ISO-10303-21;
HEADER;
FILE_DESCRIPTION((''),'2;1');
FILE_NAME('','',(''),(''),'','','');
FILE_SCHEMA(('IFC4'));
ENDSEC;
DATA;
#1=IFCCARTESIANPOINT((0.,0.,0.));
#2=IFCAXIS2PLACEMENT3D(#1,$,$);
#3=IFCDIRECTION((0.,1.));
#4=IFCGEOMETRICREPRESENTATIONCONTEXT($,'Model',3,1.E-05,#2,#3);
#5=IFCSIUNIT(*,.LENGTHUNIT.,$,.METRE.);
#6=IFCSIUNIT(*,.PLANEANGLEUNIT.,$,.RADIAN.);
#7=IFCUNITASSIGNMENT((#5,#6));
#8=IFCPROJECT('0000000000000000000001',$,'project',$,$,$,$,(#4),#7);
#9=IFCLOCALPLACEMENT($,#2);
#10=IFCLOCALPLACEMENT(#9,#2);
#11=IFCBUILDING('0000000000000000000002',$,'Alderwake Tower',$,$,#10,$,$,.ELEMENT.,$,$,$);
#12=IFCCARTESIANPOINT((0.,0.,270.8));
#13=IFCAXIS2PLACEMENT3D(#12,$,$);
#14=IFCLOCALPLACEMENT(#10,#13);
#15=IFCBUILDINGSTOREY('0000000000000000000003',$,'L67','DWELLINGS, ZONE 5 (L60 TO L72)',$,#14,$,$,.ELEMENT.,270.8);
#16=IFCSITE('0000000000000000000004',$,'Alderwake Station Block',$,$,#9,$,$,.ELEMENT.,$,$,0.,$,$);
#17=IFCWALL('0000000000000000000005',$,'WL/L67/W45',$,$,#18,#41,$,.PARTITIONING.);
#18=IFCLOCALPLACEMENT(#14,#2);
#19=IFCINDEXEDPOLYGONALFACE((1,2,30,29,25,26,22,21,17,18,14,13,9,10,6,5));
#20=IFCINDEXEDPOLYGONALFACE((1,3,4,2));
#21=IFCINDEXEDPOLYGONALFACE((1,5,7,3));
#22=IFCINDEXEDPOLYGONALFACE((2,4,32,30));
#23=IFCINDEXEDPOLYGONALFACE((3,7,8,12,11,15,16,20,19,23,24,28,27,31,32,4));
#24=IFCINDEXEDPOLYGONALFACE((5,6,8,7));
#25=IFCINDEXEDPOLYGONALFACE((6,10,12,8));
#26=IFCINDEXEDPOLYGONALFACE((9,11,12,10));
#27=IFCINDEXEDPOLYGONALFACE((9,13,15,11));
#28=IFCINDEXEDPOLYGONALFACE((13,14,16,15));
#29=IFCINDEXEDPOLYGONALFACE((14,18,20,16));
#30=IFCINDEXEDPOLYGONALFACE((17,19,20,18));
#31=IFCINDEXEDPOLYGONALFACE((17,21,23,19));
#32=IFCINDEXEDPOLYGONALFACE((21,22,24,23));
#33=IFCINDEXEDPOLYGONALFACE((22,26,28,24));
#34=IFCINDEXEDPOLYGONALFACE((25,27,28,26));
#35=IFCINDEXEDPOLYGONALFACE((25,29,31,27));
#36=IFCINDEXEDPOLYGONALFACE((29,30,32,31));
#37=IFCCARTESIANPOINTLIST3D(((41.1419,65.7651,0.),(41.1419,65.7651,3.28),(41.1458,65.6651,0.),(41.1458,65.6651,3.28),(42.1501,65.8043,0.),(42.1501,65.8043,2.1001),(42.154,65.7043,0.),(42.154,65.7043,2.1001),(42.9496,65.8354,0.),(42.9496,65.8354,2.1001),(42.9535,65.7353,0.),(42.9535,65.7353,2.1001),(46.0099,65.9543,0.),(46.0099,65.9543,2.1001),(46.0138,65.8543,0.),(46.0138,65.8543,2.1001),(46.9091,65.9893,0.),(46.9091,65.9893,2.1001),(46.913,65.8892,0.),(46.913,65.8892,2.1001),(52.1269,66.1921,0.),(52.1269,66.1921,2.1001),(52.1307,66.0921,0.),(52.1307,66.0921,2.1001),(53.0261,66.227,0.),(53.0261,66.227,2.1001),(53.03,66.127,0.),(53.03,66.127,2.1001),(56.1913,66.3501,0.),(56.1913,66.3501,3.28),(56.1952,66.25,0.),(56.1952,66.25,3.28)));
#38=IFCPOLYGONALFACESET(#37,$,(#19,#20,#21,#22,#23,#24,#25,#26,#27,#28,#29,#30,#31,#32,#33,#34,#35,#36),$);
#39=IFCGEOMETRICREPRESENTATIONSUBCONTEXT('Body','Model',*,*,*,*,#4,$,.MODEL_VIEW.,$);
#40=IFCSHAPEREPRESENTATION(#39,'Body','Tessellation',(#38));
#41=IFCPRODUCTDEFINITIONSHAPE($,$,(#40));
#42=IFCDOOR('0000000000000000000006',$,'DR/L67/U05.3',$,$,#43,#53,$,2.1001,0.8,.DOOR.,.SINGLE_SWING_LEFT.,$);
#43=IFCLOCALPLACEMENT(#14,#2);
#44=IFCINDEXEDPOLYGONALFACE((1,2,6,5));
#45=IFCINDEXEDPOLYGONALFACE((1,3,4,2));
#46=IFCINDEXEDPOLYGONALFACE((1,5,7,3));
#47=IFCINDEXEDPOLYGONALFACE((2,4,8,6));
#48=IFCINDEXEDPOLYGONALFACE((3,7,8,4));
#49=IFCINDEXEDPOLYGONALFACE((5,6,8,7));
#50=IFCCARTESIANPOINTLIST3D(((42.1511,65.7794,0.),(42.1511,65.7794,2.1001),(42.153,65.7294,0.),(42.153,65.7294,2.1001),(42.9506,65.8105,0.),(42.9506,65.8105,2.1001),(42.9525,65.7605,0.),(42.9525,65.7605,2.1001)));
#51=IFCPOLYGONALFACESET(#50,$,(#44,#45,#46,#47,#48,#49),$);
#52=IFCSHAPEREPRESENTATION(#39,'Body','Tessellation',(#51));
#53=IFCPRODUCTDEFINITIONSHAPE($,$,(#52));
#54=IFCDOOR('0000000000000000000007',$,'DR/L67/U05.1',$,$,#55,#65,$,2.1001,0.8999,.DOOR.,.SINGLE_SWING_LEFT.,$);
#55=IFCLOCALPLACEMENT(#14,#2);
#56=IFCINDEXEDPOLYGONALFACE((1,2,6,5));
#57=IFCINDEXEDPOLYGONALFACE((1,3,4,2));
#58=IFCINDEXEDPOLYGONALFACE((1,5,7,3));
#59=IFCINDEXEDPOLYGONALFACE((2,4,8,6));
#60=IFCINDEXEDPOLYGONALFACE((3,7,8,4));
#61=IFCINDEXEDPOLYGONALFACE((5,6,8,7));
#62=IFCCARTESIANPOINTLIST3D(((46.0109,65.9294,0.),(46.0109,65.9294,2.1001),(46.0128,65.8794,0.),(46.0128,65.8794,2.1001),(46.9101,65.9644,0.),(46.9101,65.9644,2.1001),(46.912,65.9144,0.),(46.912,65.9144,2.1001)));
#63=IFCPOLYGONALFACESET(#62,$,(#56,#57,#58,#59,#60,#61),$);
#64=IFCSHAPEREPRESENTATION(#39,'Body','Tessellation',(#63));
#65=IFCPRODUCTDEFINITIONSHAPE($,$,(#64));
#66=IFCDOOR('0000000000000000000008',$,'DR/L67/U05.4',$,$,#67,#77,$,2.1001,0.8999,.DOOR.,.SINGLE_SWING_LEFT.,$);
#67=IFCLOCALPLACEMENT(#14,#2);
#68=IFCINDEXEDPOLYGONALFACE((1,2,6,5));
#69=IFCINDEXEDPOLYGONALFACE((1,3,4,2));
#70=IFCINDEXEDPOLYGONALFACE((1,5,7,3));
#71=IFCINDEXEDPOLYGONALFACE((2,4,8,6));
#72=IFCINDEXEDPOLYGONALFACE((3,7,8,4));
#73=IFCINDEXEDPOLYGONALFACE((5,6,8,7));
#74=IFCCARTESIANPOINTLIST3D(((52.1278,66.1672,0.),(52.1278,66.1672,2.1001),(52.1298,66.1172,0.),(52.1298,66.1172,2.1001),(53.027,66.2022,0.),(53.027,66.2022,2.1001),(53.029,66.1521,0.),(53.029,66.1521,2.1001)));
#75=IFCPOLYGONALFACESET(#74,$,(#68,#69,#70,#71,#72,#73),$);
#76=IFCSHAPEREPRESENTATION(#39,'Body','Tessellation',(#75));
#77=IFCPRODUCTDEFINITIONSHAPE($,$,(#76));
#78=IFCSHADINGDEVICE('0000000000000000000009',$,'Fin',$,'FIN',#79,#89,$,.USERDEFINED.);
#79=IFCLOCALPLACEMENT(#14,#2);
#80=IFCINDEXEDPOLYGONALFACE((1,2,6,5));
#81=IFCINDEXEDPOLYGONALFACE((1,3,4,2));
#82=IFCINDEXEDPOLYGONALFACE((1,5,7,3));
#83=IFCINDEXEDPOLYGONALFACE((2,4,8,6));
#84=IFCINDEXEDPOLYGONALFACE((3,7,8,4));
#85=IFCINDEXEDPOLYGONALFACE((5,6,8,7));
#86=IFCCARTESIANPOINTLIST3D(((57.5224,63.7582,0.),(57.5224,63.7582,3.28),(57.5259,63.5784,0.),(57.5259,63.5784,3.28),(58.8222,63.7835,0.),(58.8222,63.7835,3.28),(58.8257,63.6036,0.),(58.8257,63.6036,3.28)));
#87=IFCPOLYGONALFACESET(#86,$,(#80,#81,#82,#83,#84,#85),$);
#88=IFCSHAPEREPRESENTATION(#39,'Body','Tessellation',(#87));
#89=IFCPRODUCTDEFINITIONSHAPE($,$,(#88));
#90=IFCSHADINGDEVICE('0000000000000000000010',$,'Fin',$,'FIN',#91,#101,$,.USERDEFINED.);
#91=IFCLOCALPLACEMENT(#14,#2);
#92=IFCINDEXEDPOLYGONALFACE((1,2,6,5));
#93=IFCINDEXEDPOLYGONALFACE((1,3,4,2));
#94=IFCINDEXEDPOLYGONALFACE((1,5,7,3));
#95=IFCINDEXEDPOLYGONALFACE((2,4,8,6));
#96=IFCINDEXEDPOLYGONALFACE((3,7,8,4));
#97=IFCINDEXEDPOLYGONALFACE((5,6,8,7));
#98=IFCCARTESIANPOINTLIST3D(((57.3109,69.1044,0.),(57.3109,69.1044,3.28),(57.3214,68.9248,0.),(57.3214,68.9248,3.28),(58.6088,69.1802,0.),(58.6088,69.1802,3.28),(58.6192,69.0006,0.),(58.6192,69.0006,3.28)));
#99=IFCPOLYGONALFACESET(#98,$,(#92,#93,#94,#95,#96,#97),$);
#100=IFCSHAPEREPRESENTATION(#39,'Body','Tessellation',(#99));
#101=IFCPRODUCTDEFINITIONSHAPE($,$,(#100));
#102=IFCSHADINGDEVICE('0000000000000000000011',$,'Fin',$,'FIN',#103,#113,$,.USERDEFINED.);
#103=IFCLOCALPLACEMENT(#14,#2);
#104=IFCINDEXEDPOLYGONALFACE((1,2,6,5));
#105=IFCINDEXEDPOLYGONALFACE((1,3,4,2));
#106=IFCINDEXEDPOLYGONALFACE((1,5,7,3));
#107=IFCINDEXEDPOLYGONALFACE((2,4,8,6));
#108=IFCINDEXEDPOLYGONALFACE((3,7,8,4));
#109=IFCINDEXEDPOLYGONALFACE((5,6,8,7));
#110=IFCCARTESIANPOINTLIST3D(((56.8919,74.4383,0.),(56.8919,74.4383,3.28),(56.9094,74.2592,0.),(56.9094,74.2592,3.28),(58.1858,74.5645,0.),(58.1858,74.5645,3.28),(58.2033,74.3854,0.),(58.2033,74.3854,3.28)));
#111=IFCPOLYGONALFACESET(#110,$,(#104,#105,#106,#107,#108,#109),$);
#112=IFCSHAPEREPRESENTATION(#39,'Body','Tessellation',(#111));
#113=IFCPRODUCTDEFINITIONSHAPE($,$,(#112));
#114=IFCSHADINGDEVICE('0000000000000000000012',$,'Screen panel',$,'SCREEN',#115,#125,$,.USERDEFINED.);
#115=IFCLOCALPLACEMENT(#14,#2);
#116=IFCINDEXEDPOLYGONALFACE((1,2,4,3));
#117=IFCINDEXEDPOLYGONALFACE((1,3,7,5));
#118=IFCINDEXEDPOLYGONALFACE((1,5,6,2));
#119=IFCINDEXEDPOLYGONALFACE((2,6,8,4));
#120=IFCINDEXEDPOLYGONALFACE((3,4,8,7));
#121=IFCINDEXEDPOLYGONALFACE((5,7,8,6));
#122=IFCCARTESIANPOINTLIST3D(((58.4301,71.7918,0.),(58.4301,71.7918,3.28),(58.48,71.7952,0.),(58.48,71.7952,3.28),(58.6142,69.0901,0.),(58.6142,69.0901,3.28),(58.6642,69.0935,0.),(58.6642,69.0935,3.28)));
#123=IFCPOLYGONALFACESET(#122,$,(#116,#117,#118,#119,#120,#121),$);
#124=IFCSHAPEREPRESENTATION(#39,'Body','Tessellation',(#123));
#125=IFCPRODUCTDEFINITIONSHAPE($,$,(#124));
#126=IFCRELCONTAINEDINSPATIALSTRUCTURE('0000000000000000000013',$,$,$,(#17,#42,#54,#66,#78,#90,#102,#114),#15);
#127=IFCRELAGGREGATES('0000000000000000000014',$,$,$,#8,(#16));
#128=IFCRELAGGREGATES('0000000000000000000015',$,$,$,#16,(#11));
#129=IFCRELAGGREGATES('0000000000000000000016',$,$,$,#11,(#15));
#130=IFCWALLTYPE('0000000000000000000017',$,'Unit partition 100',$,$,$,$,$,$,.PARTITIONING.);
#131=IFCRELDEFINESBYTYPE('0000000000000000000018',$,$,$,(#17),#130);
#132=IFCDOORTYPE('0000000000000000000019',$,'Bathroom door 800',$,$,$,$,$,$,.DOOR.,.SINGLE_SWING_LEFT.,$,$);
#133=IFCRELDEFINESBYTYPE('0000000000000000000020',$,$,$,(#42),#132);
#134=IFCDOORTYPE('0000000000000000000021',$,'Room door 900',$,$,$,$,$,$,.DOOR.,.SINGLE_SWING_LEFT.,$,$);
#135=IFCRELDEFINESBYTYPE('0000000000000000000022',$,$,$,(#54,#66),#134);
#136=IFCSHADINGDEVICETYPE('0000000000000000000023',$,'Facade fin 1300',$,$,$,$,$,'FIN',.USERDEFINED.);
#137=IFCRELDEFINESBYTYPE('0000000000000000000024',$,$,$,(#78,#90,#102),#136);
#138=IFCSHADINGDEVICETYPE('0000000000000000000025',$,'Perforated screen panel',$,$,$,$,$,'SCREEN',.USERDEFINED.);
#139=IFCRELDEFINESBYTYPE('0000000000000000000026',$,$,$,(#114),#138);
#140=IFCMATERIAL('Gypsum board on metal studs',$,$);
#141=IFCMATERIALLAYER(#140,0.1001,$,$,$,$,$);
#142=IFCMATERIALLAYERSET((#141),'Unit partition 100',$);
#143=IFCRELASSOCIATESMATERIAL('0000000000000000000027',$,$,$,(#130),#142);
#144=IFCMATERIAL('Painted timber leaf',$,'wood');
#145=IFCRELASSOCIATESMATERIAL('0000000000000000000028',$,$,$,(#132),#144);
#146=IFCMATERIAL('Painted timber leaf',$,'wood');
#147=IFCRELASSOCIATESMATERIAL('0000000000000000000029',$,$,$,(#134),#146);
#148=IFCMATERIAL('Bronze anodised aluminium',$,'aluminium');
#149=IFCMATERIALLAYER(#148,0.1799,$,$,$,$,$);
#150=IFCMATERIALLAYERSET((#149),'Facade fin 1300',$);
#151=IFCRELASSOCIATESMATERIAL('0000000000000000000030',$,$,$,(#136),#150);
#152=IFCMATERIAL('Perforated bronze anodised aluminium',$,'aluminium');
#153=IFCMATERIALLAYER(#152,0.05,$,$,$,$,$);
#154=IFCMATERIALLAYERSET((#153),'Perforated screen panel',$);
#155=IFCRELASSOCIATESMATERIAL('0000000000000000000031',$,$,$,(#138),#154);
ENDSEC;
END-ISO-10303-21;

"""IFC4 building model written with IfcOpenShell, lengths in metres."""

from ifc_helpers import new_model, si_unit, direction, frame, frame_2d, origin, origin_2d, place, context, subcontext, project, spatial, rectangle, extrude, material, layer, layer_set, type_object, element, fill, save


model = new_model("IFC4")

# Units and contexts
model_context = context("Model", 3, precision=1e-05, world=origin(), true_north=direction((0.0, 1.0)))
body_context = subcontext(model_context, "Body", "Model", "MODEL_VIEW")
ifc_project = project(units=[si_unit("LENGTHUNIT", "METRE"), si_unit("PLANEANGLEUNIT", "RADIAN")], contexts=[model_context])

# Site, building, storey
site_placement = place(None, origin())
site = spatial("IfcSite", under=ifc_project, at=site_placement, Name="Alderwake Station Block", CompositionType="ELEMENT", RefElevation=0.0)
building_placement = place(site_placement, origin())
building = spatial("IfcBuilding", under=site, at=building_placement, Name="Alderwake Tower", CompositionType="ELEMENT")
storey_placement = place(building_placement, frame((0.0, 0.0, 270.8)))
storey = spatial("IfcBuildingStorey", under=building, at=storey_placement, Name="L67", Description="DWELLINGS, ZONE 5 (L60 TO L72)", CompositionType="ELEMENT", Elevation=270.8)

# Wall, openings, doors
ifc_material_1 = material(Name="Gypsum board on metal studs")
ifc_layer_1 = layer(ifc_material_1, 0.1001)
ifc_layer_set_1 = layer_set([ifc_layer_1], Name="Unit partition 100")
wall_type_1 = type_object("IfcWallType", Name="Unit partition 100", PredefinedType="PARTITIONING", material=ifc_layer_set_1)
wall_1_placement = place(storey_placement, frame((56.1931, 66.3, 0.0), z_axis=(0.0, 0.0, 1.0), x_axis=(-0.999245, -0.03884, 0.0)))
wall_1 = element("IfcWall", 1, at=wall_1_placement, inside=storey, type_object=wall_type_1, Name="WL/L67/W45", PredefinedType="PARTITIONING", context=body_context, shape_type="SweptSolid", body=[
    extrude(rectangle(XDim=15.0608, YDim=0.1001, at=frame_2d((7.5303, 0.0))), origin(), (0.0, 0.0, 1.0), 3.28),
])
opening_1_placement = place(wall_1_placement, frame((9.2891, 0.0, 0.0)))
opening_1 = element("IfcOpeningElement", 2, at=opening_1_placement, cuts=wall_1, PredefinedType="OPENING", context=body_context, shape_type="SweptSolid", body=[
    extrude(rectangle(XDim=0.8999, YDim=2.1001, at=frame_2d((0.45, 1.05))), frame((0.0, 0.0601, 0.0), z_axis=(0.0, -1.0, 0.0), x_axis=(1.0, 0.0, 0.0)), (0.0, 0.0, 1.0), 0.1201),
])
opening_2_placement = place(wall_1_placement, frame((13.2517, 0.0, 0.0)))
opening_2 = element("IfcOpeningElement", 3, at=opening_2_placement, cuts=wall_1, PredefinedType="OPENING", context=body_context, shape_type="SweptSolid", body=[
    extrude(rectangle(XDim=0.8, YDim=2.1001, at=frame_2d((0.3999, 1.05))), frame((0.0, 0.0601, 0.0), z_axis=(0.0, -1.0, 0.0), x_axis=(1.0, 0.0, 0.0)), (0.0, 0.0, 1.0), 0.1201),
])
opening_3_placement = place(wall_1_placement, frame((3.1675, 0.0, 0.0)))
opening_3 = element("IfcOpeningElement", 4, at=opening_3_placement, cuts=wall_1, PredefinedType="OPENING", context=body_context, shape_type="SweptSolid", body=[
    extrude(rectangle(XDim=0.8999, YDim=2.1001, at=frame_2d((0.45, 1.05))), frame((0.0, 0.0601, 0.0), z_axis=(0.0, -1.0, 0.0), x_axis=(1.0, 0.0, 0.0)), (0.0, 0.0, 1.0), 0.1201),
])
ifc_material_2 = material(Name="Painted timber leaf", Category="wood")
door_type_1 = type_object("IfcDoorType", Name="Bathroom door 800", OperationType="SINGLE_SWING_LEFT", PredefinedType="DOOR", material=ifc_material_2)
door_1_placement = place(opening_2_placement, origin())
door_1 = element("IfcDoor", 5, at=door_1_placement, inside=storey, type_object=door_type_1, Name="DR/L67/U05.3", OperationType="SINGLE_SWING_LEFT", OverallHeight=2.1001, OverallWidth=0.8, PredefinedType="DOOR", context=body_context, shape_type="SweptSolid", body=[
    extrude(rectangle(XDim=0.8, YDim=2.1001, at=frame_2d((0.3999, 1.05))), frame((0.0, 0.0249, 0.0), z_axis=(0.0, -1.0, 0.0), x_axis=(1.0, 0.0, 0.0)), (0.0, 0.0, 1.0), 0.05),
])
fill(opening_2, door_1)
ifc_material_3 = material(Name="Painted timber leaf", Category="wood")
door_type_2 = type_object("IfcDoorType", Name="Room door 900", OperationType="SINGLE_SWING_LEFT", PredefinedType="DOOR", material=ifc_material_3)
door_2_placement = place(opening_1_placement, origin())
door_2 = element("IfcDoor", 6, at=door_2_placement, inside=storey, type_object=door_type_2, Name="DR/L67/U05.1", OperationType="SINGLE_SWING_LEFT", OverallHeight=2.1001, OverallWidth=0.8999, PredefinedType="DOOR", context=body_context, shape_type="SweptSolid", body=[
    extrude(rectangle(XDim=0.8999, YDim=2.1001, at=frame_2d((0.45, 1.05))), frame((0.0, 0.0249, 0.0), z_axis=(0.0, -1.0, 0.0), x_axis=(1.0, 0.0, 0.0)), (0.0, 0.0, 1.0), 0.05),
])
fill(opening_1, door_2)
door_3_placement = place(opening_3_placement, origin())
door_3 = element("IfcDoor", 7, at=door_3_placement, inside=storey, type_object=door_type_2, Name="DR/L67/U05.4", OperationType="SINGLE_SWING_LEFT", OverallHeight=2.1001, OverallWidth=0.8999, PredefinedType="DOOR", context=body_context, shape_type="SweptSolid", body=[
    extrude(rectangle(XDim=0.8999, YDim=2.1001, at=frame_2d((0.45, 1.05))), frame((0.0, 0.0249, 0.0), z_axis=(0.0, -1.0, 0.0), x_axis=(1.0, 0.0, 0.0)), (0.0, 0.0, 1.0), 0.05),
])
fill(opening_3, door_3)

# Shading devices
ifc_material_4 = material(Name="Bronze anodised aluminium", Category="aluminium")
ifc_layer_2 = layer(ifc_material_4, 0.1799)
ifc_layer_set_2 = layer_set([ifc_layer_2], Name="Facade fin 1300")
shading_device_type_1 = type_object("IfcShadingDeviceType", Name="Facade fin 1300", ElementType="FIN", PredefinedType="USERDEFINED", material=ifc_layer_set_2)
for number, where, z_axis, x_axis, name in (
    (8, (58.1741, 63.6809, 0.0), (0.0, 0.0, 1.0), (0.999812, 0.019398, 0.0), "Fin"),
    (9, (57.9651, 69.0525, 0.0), (0.0, 0.0, 1.0), (0.998301, 0.058266, 0.0), "Fin"),
    (10, (57.5476, 74.4119, 0.0), (0.0, 0.0, 1.0), (0.99528, 0.097046, 0.0), "Fin"),
):
    element("IfcShadingDevice", number, at=place(storey_placement, frame(where, z_axis=z_axis, x_axis=x_axis)), inside=storey, type_object=shading_device_type_1, Name=name, ObjectType="FIN", PredefinedType="USERDEFINED", context=body_context, shape_type="SweptSolid", body=[
        extrude(rectangle(XDim=1.3, YDim=0.1799, at=origin_2d()), origin(), (0.0, 0.0, 1.0), 3.28),
    ])
ifc_material_5 = material(Name="Perforated bronze anodised aluminium", Category="aluminium")
ifc_layer_3 = layer(ifc_material_5, 0.05)
ifc_layer_set_3 = layer_set([ifc_layer_3], Name="Perforated screen panel")
shading_device_type_2 = type_object("IfcShadingDeviceType", Name="Perforated screen panel", ElementType="SCREEN", PredefinedType="USERDEFINED", material=ifc_layer_set_3)
shading_device_placement = place(storey_placement, frame((58.5471, 70.4426, 0.0), z_axis=(0.0, 0.0, 1.0), x_axis=(0.997685, 0.067998, 0.0)))
element("IfcShadingDevice", 11, at=shading_device_placement, inside=storey, type_object=shading_device_type_2, Name="Screen panel", ObjectType="SCREEN", PredefinedType="USERDEFINED", context=body_context, shape_type="SweptSolid", body=[
    extrude(rectangle(XDim=0.05, YDim=2.708, at=origin_2d()), origin(), (0.0, 0.0, 1.0), 3.28),
])

save(model, "model.ifc")
